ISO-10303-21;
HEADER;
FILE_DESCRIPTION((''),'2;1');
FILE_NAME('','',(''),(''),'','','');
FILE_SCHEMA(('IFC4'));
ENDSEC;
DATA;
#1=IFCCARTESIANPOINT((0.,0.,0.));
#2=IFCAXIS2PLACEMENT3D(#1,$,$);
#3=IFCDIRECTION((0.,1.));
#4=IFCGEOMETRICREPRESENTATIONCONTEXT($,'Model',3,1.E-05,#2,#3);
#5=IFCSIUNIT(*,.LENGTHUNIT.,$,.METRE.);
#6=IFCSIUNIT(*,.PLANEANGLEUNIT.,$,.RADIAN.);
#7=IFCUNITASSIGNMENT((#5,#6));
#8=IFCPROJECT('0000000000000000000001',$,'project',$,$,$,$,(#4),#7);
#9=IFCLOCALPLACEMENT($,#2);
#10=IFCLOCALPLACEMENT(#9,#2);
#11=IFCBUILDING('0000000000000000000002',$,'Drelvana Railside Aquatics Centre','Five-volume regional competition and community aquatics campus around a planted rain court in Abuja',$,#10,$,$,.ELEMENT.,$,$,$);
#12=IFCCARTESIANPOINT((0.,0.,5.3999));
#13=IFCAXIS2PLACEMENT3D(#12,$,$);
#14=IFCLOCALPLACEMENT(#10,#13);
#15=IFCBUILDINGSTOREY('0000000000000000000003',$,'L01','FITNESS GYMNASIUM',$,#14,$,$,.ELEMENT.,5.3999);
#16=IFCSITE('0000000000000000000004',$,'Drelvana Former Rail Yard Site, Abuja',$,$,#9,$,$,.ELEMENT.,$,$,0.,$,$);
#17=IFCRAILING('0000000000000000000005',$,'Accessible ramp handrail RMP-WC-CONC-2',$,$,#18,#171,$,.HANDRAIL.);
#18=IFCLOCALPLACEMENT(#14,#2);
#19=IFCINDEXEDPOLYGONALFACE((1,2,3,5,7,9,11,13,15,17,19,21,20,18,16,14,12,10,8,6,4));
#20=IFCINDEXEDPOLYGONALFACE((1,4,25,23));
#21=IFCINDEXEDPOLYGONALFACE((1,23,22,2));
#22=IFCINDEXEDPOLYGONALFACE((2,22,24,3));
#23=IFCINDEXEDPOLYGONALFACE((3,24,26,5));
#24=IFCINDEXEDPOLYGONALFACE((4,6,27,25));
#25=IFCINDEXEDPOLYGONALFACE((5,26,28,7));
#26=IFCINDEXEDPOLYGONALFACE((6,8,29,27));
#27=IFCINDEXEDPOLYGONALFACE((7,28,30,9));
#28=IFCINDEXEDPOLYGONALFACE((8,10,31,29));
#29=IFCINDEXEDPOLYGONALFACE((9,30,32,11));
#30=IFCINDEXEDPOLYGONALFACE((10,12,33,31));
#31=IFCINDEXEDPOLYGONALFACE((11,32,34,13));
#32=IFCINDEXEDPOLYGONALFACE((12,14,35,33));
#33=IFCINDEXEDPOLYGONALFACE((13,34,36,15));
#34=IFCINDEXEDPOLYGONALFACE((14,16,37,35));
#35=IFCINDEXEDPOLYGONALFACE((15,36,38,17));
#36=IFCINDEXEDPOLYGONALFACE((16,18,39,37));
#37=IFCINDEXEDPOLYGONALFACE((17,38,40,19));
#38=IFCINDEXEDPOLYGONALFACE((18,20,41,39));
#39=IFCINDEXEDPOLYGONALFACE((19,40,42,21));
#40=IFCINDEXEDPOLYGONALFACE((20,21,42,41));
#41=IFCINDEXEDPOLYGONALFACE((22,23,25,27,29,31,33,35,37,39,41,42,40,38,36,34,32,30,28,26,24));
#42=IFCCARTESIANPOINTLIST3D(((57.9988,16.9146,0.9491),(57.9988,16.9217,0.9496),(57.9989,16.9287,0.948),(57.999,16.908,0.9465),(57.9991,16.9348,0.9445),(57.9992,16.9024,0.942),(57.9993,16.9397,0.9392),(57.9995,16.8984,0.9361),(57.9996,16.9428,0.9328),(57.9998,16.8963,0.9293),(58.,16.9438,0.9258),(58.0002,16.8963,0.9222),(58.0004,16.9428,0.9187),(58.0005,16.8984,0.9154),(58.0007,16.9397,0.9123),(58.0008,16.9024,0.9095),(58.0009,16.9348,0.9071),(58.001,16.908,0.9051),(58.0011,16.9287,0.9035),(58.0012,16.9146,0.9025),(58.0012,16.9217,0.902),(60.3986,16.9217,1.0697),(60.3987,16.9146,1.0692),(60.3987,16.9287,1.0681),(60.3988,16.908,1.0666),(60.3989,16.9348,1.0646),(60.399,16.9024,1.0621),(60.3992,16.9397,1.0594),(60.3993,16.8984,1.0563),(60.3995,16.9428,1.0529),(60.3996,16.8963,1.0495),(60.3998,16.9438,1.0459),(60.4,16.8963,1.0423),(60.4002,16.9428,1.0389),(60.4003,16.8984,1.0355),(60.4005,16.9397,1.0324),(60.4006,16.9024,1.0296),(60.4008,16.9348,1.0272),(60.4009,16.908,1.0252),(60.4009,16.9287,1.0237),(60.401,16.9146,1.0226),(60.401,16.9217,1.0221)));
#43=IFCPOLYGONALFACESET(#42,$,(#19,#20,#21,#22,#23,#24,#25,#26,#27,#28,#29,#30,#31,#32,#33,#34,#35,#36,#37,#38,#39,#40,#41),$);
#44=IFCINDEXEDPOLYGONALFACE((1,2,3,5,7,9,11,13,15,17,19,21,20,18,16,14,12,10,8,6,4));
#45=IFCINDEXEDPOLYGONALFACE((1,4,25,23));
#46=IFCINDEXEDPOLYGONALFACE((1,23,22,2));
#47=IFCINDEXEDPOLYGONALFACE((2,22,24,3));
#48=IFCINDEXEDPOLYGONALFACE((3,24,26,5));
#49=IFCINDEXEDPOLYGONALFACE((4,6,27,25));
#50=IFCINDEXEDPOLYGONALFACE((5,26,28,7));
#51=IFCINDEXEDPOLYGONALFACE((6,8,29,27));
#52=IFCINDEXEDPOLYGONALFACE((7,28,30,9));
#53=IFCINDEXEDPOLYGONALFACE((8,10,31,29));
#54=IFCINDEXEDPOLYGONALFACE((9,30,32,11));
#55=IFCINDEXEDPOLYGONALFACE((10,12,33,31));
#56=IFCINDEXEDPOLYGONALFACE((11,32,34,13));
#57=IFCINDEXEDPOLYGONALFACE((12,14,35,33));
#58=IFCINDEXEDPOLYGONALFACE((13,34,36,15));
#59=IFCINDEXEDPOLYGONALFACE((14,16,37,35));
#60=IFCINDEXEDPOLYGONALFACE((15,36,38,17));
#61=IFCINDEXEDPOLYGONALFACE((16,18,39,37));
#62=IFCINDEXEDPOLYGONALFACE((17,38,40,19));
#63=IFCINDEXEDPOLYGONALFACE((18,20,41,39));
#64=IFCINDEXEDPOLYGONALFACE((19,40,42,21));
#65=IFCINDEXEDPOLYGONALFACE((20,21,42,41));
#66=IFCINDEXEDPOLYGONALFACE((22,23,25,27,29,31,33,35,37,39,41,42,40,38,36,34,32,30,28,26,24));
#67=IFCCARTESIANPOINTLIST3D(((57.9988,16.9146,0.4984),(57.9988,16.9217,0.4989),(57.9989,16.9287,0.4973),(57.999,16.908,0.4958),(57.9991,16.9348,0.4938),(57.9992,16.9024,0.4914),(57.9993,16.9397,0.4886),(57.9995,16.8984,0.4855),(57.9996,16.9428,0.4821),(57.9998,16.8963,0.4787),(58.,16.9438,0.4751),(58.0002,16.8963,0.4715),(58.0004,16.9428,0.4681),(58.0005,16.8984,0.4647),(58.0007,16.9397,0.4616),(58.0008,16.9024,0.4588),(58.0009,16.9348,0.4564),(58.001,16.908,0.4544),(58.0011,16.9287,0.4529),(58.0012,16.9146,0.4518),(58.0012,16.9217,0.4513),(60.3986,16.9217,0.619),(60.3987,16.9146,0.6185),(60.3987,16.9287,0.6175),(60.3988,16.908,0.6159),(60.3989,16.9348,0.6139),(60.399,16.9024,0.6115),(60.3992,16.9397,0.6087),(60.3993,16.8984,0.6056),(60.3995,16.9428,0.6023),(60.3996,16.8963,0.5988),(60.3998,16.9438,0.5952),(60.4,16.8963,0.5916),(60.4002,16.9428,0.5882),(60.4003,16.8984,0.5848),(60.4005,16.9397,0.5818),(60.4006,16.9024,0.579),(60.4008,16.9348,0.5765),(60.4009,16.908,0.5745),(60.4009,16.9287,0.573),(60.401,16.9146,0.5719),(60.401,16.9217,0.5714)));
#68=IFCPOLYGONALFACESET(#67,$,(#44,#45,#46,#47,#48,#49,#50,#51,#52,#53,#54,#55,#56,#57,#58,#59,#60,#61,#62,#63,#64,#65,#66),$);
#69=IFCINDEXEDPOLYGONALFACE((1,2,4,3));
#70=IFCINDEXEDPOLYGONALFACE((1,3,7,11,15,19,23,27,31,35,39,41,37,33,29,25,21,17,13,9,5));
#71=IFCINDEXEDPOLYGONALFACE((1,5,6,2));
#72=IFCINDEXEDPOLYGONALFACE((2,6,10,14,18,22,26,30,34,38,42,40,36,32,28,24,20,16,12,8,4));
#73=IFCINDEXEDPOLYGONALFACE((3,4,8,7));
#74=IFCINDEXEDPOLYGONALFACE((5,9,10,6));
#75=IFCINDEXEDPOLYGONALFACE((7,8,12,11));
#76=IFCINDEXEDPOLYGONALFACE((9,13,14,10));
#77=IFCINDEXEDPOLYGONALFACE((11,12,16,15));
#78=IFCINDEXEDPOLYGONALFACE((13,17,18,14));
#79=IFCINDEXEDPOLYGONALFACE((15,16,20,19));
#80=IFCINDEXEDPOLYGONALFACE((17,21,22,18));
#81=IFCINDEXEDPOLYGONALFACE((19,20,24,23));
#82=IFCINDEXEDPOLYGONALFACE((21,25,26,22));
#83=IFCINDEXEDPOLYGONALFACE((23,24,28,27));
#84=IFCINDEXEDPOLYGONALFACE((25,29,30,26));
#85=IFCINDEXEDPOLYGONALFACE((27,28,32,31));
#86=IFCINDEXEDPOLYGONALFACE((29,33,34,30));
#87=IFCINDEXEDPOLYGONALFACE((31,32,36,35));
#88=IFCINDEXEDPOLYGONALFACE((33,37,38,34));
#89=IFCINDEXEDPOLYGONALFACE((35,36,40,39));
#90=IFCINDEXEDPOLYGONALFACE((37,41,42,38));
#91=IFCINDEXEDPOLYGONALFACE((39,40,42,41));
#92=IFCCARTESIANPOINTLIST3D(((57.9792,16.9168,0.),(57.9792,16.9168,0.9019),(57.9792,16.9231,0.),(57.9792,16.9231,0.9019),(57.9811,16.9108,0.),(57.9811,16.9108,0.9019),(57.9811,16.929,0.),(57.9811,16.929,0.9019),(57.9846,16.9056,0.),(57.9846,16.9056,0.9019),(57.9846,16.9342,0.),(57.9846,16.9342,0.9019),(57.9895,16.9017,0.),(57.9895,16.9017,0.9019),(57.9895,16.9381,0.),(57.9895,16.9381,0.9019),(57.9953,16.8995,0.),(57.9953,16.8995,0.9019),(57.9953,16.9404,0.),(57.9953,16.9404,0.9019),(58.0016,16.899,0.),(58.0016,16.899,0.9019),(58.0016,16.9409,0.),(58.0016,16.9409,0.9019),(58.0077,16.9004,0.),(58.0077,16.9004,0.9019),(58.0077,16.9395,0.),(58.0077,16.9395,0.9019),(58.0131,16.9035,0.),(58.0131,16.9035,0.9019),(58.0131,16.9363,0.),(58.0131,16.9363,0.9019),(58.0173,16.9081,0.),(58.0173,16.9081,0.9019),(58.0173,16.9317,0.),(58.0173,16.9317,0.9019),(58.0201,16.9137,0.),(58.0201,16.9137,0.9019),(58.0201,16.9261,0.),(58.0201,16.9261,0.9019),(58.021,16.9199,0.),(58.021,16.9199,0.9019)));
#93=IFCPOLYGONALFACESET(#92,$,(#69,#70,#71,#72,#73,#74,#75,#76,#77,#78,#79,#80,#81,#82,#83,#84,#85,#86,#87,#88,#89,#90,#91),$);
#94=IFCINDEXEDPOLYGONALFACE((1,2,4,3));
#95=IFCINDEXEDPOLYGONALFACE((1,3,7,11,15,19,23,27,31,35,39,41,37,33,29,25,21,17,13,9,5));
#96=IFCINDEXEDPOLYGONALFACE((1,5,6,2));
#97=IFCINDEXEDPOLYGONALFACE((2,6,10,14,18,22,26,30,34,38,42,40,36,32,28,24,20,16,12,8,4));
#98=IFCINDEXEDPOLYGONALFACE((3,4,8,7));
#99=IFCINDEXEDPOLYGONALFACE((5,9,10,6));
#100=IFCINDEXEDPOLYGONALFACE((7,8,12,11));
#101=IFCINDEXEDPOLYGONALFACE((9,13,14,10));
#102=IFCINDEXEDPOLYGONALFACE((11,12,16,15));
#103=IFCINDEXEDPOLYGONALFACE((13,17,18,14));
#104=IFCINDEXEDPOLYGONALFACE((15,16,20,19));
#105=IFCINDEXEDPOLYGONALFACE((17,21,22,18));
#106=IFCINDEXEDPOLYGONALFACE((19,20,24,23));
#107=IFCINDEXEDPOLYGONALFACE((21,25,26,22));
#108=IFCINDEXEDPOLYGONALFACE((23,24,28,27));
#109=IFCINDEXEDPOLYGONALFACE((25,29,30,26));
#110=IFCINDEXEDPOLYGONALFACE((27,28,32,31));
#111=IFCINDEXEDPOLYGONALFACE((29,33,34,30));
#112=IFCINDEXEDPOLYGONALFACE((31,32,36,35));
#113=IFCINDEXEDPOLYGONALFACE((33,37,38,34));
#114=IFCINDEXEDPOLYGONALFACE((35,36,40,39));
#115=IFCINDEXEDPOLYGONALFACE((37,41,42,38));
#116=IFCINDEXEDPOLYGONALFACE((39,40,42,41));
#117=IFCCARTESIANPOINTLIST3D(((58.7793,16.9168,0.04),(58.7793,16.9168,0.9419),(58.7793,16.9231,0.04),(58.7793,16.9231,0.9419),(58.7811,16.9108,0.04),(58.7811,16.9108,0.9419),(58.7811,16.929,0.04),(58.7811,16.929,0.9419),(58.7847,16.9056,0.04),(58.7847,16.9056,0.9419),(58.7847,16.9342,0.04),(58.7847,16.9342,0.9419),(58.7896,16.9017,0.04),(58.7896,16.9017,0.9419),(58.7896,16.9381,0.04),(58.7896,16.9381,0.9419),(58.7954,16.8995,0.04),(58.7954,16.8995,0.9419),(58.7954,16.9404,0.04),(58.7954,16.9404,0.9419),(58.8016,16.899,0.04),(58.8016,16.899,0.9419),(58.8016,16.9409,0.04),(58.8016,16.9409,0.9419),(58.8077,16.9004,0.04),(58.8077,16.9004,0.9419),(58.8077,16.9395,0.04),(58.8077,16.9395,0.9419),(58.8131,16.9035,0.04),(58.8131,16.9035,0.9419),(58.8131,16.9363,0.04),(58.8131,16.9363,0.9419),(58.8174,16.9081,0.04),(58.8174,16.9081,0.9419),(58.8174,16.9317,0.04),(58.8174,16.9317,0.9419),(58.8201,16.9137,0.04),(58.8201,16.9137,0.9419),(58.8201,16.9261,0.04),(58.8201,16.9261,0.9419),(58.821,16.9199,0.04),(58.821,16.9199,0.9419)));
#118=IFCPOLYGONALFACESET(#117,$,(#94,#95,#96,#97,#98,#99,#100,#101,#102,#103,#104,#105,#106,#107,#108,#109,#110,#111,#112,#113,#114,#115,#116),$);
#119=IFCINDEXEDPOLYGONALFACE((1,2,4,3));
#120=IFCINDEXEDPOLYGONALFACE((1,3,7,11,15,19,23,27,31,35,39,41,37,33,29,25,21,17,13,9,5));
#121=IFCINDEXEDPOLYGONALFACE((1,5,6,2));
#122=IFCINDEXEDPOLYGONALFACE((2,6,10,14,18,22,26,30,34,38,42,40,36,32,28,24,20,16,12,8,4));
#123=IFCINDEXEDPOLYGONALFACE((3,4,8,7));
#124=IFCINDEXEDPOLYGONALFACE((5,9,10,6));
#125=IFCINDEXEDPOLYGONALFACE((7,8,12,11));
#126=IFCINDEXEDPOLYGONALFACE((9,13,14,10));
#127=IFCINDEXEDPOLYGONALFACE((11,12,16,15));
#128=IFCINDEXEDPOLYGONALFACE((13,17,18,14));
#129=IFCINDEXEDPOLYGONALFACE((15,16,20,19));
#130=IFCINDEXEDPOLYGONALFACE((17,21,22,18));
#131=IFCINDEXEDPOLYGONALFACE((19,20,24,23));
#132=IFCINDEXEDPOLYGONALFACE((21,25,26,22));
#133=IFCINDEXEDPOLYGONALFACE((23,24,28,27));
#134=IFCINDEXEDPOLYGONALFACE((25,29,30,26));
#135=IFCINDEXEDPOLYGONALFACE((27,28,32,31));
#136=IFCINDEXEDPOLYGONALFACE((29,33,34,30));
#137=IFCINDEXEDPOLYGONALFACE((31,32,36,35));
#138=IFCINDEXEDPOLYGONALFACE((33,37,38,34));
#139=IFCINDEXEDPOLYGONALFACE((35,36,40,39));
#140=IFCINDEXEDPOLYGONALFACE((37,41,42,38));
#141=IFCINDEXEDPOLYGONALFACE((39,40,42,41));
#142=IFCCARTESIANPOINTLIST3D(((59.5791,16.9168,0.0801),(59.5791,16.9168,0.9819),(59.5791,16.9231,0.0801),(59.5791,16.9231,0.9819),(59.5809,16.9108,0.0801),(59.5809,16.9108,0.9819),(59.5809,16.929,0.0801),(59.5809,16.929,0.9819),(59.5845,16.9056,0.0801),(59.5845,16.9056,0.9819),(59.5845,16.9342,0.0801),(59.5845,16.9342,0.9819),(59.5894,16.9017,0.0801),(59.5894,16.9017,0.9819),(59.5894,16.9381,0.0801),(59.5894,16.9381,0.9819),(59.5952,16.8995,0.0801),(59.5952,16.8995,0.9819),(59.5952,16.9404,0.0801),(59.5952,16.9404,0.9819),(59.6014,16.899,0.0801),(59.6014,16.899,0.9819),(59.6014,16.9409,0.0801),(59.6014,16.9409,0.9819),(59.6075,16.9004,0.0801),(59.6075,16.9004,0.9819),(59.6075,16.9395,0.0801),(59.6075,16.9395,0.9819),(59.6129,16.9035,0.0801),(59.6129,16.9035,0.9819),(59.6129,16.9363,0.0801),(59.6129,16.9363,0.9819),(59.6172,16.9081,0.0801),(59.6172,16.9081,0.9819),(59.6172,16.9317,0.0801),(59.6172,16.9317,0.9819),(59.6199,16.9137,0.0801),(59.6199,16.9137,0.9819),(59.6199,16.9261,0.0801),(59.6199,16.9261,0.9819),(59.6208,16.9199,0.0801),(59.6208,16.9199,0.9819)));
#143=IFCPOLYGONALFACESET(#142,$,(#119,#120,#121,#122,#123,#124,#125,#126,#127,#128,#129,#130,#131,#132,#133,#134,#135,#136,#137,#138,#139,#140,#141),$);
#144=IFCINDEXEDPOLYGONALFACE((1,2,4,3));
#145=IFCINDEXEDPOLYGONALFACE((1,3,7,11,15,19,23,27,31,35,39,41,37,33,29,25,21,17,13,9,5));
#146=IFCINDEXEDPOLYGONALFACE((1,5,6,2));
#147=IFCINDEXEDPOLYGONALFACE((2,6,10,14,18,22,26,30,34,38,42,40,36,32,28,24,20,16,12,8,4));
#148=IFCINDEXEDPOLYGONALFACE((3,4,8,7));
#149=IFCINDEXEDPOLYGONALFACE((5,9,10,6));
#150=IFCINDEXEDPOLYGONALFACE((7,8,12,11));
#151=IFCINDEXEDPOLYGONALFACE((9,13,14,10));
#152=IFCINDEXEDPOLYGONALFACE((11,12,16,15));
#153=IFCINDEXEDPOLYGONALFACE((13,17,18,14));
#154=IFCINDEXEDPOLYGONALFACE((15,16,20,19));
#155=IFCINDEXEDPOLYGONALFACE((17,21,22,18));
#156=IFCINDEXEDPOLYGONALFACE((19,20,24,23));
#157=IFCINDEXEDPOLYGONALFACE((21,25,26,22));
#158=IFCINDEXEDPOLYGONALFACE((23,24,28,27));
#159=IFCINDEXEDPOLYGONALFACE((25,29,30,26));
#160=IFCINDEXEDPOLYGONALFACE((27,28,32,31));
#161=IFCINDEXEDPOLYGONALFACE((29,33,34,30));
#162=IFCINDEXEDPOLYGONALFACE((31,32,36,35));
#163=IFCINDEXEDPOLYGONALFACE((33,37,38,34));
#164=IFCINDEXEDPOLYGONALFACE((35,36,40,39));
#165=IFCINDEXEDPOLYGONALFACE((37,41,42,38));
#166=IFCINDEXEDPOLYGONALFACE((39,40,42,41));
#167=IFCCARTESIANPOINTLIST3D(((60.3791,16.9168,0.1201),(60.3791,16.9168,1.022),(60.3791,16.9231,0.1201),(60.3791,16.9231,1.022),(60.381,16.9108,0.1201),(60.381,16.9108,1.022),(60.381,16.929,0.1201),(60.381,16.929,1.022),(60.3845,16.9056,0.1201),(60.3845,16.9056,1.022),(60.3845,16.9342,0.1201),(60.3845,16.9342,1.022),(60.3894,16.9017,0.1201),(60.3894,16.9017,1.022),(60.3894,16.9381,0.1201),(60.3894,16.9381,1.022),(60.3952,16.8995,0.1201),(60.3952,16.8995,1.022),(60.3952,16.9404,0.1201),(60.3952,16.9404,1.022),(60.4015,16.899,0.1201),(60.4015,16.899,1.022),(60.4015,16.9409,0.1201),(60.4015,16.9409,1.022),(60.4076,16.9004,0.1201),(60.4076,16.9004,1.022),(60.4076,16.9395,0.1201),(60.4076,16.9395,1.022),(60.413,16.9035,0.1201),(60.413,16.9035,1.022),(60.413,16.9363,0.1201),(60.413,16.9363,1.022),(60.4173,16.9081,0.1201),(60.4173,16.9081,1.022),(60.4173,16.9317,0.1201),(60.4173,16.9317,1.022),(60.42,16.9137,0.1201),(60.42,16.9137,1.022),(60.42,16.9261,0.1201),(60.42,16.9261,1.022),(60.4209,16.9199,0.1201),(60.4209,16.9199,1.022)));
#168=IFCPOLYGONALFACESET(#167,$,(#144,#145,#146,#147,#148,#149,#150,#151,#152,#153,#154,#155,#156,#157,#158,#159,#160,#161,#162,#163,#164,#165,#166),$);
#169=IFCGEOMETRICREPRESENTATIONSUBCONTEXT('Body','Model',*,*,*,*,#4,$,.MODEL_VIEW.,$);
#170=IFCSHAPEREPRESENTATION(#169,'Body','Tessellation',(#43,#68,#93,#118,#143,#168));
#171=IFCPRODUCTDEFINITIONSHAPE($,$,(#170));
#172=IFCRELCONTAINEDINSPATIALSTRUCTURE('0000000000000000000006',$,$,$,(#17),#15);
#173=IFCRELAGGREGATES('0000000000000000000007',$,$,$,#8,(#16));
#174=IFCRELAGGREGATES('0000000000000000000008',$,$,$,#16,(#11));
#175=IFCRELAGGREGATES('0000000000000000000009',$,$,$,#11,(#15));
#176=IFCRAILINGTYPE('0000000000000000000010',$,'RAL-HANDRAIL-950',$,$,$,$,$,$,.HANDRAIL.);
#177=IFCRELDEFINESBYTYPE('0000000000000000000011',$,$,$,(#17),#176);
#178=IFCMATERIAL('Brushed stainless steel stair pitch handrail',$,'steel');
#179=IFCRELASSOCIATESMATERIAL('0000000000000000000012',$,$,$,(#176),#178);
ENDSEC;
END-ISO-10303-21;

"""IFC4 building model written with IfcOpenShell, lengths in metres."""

from ifc_helpers import new_model, si_unit, direction, frame, origin, origin_2d, place, context, subcontext, project, spatial, circle, extrude, material, type_object, element, save


model = new_model("IFC4")

# Units and contexts
model_context = context("Model", 3, precision=1e-05, world=origin(), true_north=direction((0.0, 1.0)))
body_context = subcontext(model_context, "Body", "Model", "MODEL_VIEW")
ifc_project = project(units=[si_unit("LENGTHUNIT", "METRE"), si_unit("PLANEANGLEUNIT", "RADIAN")], contexts=[model_context])

# Site, building, storey
site_placement = place(None, origin())
site = spatial("IfcSite", under=ifc_project, at=site_placement, Name="Drelvana Former Rail Yard Site, Abuja", CompositionType="ELEMENT", RefElevation=0.0)
building_placement = place(site_placement, origin())
building = spatial("IfcBuilding", under=site, at=building_placement, Name="Drelvana Railside Aquatics Centre", Description="Five-volume regional competition and community aquatics campus around a planted rain court in Abuja", CompositionType="ELEMENT")
storey_placement = place(building_placement, frame((0.0, 0.0, 5.3999)))
storey = spatial("IfcBuildingStorey", under=building, at=storey_placement, Name="L01", Description="FITNESS GYMNASIUM", CompositionType="ELEMENT", Elevation=5.3999)

# Railing
ifc_material_1 = material(Name="Brushed stainless steel stair pitch handrail", Category="steel")
railing_type = type_object("IfcRailingType", Name="RAL-HANDRAIL-950", PredefinedType="HANDRAIL", material=ifc_material_1)
for number, where, name in (
    (1, (58.0, 16.9199, 0.0), "Accessible ramp handrail RMP-WC-CONC-2"),
):
    element("IfcRailing", number, at=place(storey_placement, frame(where)), inside=storey, type_object=railing_type, Name=name, PredefinedType="HANDRAIL", context=body_context, shape_type="SweptSolid", body=[
        extrude(circle(Radius=0.0239, at=origin_2d()), frame((0.0, 0.0, 0.9258), z_axis=(0.99875, 0.0, 0.049988), x_axis=(0.0, 1.0, 0.0)), (0.0, 0.0, 1.0), 2.4028),
        extrude(circle(Radius=0.0239, at=origin_2d()), frame((0.0, 0.0, 0.4751), z_axis=(0.99875, 0.0, 0.049988), x_axis=(0.0, 1.0, 0.0)), (0.0, 0.0, 1.0), 2.4028),
        extrude(circle(Radius=0.021, at=origin_2d()), origin(), (0.0, 0.0, 1.0), 0.9019),
        extrude(circle(Radius=0.021, at=origin_2d()), frame((0.8, 0.0, 0.04)), (0.0, 0.0, 1.0), 0.9019),
        extrude(circle(Radius=0.021, at=origin_2d()), frame((1.5999, 0.0, 0.0801)), (0.0, 0.0, 1.0), 0.9019),
        extrude(circle(Radius=0.021, at=origin_2d()), frame((2.3999, 0.0, 0.1201)), (0.0, 0.0, 1.0), 0.9019),
    ])

save(model, "model.ifc")
